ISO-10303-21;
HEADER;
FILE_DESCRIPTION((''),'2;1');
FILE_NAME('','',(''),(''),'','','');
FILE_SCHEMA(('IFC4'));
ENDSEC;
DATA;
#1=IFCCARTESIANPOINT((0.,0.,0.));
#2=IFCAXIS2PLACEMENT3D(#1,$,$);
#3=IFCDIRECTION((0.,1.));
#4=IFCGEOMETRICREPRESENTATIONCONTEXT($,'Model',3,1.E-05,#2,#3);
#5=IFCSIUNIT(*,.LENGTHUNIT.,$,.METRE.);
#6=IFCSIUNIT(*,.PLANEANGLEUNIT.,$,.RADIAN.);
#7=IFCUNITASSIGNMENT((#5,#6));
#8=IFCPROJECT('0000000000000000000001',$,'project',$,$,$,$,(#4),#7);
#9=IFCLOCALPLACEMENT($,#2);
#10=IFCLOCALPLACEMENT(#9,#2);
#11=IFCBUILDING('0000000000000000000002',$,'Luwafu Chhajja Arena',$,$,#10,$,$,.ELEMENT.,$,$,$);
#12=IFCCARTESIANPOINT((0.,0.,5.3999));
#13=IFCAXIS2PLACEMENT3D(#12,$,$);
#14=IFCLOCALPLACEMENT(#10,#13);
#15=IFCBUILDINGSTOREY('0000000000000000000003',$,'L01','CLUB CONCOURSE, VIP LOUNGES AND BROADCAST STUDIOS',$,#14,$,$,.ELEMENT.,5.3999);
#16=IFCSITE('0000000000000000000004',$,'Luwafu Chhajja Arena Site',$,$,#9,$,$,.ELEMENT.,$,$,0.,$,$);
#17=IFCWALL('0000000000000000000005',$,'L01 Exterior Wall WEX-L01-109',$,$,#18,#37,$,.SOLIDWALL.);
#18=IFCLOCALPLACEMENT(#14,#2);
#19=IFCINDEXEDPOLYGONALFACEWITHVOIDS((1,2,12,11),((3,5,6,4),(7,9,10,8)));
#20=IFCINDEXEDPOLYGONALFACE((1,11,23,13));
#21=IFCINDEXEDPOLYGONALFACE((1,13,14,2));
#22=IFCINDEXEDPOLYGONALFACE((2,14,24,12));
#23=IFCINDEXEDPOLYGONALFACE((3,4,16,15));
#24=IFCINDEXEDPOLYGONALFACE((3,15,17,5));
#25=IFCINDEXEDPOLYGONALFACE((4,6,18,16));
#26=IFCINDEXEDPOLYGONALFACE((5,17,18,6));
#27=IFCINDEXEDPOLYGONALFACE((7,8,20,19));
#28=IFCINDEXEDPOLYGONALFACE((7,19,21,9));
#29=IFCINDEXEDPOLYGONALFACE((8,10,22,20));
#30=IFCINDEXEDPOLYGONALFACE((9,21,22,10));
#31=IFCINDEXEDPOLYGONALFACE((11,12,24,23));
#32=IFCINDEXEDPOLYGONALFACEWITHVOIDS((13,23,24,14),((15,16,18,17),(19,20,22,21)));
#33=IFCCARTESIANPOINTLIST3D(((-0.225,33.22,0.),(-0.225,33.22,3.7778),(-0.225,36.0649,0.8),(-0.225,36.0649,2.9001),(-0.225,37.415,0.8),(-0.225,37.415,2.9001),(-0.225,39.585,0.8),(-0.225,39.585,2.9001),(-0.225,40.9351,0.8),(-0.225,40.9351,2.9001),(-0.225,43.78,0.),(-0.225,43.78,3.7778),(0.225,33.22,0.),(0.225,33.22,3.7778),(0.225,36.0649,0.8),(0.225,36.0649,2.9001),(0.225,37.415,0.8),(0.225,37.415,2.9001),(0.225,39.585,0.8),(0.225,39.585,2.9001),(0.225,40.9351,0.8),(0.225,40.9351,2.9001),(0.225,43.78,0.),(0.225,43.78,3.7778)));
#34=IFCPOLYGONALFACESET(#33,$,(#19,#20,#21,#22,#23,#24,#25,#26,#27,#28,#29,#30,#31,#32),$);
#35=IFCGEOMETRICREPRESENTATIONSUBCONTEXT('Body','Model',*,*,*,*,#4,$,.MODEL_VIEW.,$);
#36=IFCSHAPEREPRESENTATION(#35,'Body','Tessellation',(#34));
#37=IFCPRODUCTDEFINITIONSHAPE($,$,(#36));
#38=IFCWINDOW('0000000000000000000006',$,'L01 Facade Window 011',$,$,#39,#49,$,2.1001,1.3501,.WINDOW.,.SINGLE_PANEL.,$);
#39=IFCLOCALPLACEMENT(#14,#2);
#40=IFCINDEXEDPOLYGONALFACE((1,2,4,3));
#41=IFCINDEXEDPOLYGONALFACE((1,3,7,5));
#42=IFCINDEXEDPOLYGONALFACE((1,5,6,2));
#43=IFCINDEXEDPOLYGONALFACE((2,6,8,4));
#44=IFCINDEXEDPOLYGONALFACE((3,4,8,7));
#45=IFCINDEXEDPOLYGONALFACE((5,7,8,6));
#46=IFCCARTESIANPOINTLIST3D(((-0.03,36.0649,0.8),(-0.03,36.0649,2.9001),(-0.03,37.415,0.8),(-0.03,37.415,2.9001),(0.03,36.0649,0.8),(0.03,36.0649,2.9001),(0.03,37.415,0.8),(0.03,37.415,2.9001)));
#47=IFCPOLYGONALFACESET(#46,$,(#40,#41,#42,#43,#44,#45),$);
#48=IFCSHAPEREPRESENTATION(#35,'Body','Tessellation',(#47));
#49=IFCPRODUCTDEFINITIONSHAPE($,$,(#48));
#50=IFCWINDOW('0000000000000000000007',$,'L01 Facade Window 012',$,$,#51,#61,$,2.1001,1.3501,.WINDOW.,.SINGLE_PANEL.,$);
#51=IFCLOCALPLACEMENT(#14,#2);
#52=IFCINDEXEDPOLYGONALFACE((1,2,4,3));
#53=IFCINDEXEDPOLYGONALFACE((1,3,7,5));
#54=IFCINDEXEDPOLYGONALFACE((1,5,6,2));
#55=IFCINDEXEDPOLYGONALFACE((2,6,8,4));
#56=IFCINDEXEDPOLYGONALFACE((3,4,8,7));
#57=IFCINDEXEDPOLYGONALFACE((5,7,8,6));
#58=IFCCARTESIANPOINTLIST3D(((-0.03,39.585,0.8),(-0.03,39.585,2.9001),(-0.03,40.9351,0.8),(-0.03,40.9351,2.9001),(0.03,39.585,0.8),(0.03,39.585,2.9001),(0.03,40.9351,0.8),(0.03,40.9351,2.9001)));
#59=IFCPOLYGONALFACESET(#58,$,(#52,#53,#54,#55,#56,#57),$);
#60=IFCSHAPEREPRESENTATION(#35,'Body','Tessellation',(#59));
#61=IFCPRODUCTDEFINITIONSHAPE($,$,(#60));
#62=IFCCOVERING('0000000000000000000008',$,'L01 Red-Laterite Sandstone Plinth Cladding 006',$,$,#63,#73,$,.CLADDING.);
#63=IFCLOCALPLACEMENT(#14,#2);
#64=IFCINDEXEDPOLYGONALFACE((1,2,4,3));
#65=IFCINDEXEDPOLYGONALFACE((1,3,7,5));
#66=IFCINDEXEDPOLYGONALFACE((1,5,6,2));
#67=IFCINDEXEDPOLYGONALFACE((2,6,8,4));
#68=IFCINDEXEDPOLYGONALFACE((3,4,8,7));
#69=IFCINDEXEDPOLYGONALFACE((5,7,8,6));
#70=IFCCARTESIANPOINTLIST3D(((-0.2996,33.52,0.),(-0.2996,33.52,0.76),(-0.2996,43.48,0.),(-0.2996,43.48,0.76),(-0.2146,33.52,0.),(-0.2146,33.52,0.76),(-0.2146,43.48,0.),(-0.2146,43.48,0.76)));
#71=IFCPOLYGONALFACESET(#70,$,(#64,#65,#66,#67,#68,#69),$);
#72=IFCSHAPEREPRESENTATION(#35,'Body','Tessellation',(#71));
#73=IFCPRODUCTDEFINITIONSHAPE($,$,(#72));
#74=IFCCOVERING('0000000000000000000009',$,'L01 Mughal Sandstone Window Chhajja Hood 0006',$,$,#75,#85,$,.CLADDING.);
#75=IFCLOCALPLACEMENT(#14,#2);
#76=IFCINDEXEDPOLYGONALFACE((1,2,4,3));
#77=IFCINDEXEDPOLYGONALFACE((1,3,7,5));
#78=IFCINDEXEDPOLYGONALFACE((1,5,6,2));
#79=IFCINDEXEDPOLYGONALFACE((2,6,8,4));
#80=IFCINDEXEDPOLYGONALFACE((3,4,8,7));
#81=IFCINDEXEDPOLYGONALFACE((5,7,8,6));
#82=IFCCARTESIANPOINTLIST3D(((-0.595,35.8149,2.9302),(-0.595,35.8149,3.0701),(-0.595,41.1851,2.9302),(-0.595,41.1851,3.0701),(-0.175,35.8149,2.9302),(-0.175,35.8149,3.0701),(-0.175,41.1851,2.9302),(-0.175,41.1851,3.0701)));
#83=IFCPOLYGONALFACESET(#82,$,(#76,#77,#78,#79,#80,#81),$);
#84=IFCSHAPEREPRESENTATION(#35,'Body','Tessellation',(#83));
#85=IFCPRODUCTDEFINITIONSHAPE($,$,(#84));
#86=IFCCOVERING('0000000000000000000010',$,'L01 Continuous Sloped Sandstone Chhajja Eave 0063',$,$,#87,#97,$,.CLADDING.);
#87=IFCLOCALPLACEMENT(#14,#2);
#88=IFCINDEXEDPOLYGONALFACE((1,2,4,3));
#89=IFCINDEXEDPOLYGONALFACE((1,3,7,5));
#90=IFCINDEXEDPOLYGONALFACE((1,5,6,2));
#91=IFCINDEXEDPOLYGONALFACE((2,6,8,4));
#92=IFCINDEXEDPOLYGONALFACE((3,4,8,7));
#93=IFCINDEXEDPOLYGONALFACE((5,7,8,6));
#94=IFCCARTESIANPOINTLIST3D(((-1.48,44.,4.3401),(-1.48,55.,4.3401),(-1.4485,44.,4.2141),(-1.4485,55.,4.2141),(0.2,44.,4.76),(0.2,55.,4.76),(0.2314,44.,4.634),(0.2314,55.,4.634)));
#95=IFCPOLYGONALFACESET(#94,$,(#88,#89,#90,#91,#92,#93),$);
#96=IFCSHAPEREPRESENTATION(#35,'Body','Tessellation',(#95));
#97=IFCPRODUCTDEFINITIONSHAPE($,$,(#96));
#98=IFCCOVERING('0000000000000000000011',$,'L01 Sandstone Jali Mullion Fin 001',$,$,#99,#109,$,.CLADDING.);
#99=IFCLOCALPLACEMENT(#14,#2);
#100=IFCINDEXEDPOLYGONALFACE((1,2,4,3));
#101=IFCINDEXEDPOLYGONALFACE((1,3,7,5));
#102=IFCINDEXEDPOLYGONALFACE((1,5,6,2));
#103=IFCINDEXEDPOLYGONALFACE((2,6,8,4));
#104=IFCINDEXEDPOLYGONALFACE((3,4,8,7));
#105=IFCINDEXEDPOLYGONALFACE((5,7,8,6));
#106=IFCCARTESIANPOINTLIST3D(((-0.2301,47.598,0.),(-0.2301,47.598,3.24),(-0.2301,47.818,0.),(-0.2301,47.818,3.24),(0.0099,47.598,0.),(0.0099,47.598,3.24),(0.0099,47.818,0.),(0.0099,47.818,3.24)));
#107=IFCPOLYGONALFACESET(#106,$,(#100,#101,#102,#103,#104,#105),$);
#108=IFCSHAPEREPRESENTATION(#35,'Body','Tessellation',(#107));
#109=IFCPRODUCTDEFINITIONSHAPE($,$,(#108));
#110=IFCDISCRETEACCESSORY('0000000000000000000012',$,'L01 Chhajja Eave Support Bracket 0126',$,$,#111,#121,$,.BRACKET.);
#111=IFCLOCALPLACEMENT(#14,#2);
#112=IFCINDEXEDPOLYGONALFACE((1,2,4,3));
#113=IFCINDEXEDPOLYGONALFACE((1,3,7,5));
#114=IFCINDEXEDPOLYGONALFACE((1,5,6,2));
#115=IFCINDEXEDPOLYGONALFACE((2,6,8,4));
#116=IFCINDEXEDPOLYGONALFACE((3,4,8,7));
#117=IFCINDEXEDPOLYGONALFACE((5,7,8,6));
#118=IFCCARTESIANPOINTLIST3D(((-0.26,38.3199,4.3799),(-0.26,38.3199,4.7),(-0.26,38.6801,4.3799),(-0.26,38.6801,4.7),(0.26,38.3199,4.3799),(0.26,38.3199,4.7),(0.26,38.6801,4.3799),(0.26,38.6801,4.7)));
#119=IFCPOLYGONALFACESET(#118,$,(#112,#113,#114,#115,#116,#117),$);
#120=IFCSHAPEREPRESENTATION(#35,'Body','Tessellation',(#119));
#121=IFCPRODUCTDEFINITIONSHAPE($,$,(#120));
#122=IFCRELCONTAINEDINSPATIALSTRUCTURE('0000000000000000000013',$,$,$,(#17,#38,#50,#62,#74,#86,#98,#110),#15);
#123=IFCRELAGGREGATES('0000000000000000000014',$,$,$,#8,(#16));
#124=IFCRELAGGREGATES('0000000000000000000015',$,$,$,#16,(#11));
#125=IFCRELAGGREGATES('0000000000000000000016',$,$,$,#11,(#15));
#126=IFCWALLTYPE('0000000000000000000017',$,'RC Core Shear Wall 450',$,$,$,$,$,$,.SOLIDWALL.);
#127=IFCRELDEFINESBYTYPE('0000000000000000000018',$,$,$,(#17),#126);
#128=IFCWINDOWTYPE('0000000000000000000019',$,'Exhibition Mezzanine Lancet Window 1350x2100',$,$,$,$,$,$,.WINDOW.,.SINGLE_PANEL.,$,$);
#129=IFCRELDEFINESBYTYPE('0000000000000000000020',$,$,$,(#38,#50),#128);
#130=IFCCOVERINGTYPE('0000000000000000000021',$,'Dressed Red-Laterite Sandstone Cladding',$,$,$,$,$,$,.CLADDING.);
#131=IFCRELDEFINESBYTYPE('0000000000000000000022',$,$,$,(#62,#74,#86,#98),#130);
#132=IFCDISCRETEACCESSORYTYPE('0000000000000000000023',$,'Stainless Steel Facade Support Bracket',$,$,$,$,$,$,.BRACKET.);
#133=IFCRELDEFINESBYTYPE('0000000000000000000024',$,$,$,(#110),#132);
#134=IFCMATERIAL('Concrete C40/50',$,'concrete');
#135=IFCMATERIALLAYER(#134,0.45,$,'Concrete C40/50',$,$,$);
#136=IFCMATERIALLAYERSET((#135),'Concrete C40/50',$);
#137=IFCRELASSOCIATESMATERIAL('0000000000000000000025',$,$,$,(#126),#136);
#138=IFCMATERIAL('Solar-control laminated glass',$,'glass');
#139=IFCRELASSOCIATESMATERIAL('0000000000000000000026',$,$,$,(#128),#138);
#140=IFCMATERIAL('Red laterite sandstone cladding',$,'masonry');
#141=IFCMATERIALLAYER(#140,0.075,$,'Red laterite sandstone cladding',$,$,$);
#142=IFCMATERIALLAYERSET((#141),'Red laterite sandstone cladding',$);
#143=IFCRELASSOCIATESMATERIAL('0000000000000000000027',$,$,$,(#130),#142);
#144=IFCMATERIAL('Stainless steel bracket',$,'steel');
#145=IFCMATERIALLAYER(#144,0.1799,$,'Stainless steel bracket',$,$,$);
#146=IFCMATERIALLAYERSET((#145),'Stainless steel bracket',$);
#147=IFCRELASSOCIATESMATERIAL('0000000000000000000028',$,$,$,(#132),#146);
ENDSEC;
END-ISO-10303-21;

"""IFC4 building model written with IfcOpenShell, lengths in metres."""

from ifc_helpers import new_model, si_unit, direction, frame, frame_2d, origin, origin_2d, place, context, subcontext, project, spatial, polyline, rectangle, outline, extrude, material, layer, layer_set, type_object, element, fill, save


model = new_model("IFC4")

# Units and contexts
model_context = context("Model", 3, precision=1e-05, world=origin(), true_north=direction((0.0, 1.0)))
body_context = subcontext(model_context, "Body", "Model", "MODEL_VIEW")
ifc_project = project(units=[si_unit("LENGTHUNIT", "METRE"), si_unit("PLANEANGLEUNIT", "RADIAN")], contexts=[model_context])

# Site, building, storey
site_placement = place(None, origin())
site = spatial("IfcSite", under=ifc_project, at=site_placement, Name="Luwafu Chhajja Arena Site", CompositionType="ELEMENT", RefElevation=0.0)
building_placement = place(site_placement, origin())
building = spatial("IfcBuilding", under=site, at=building_placement, Name="Luwafu Chhajja Arena", CompositionType="ELEMENT")
storey_placement = place(building_placement, frame((0.0, 0.0, 5.3999)))
storey = spatial("IfcBuildingStorey", under=building, at=storey_placement, Name="L01", Description="CLUB CONCOURSE, VIP LOUNGES AND BROADCAST STUDIOS", CompositionType="ELEMENT", Elevation=5.3999)

# Shared definitions
ifc_material_1 = material(Name="Concrete C40/50", Category="concrete")

# Shared definitions
ifc_material_2 = material(Name="Solar-control laminated glass", Category="glass")

# Wall, openings, windows
ifc_layer_1 = layer(ifc_material_1, 0.45, Name="Concrete C40/50")
ifc_layer_set_1 = layer_set([ifc_layer_1], Name="Concrete C40/50")
wall_type_1 = type_object("IfcWallType", Name="RC Core Shear Wall 450", PredefinedType="SOLIDWALL", material=ifc_layer_set_1)
wall_1_placement = place(storey_placement, frame((0.0, 33.22, 0.0), z_axis=(0.0, 0.0, 1.0), x_axis=(0.0, 1.0, 0.0)))
wall_1 = element("IfcWall", 1, at=wall_1_placement, inside=storey, type_object=wall_type_1, Name="L01 Exterior Wall WEX-L01-109", PredefinedType="SOLIDWALL", context=body_context, shape_type="SweptSolid", body=[
    extrude(rectangle(XDim=10.5601, YDim=0.45, at=frame_2d((5.28, 0.0))), origin(), (0.0, 0.0, 1.0), 3.7778),
])
opening_1_placement = place(wall_1_placement, frame((2.845, 0.0, 0.8)))
opening_1 = element("IfcOpeningElement", 2, at=opening_1_placement, cuts=wall_1, PredefinedType="OPENING", context=body_context, shape_type="SweptSolid", body=[
    extrude(rectangle(XDim=1.3501, YDim=2.1001, at=frame_2d((0.675, 1.05))), frame((0.0, 0.2349, 0.0), z_axis=(0.0, -1.0, 0.0), x_axis=(1.0, 0.0, 0.0)), (0.0, 0.0, 1.0), 0.47),
])
opening_2_placement = place(wall_1_placement, frame((6.365, 0.0, 0.8)))
opening_2 = element("IfcOpeningElement", 3, at=opening_2_placement, cuts=wall_1, PredefinedType="OPENING", context=body_context, shape_type="SweptSolid", body=[
    extrude(rectangle(XDim=1.3501, YDim=2.1001, at=frame_2d((0.675, 1.05))), frame((0.0, 0.2349, 0.0), z_axis=(0.0, -1.0, 0.0), x_axis=(1.0, 0.0, 0.0)), (0.0, 0.0, 1.0), 0.47),
])
window_type = type_object("IfcWindowType", Name="Exhibition Mezzanine Lancet Window 1350x2100", PartitioningType="SINGLE_PANEL", PredefinedType="WINDOW", material=ifc_material_2)
window_1_placement = place(opening_1_placement, origin())
window_1 = element("IfcWindow", 4, at=window_1_placement, inside=storey, type_object=window_type, Name="L01 Facade Window 011", OverallHeight=2.1001, OverallWidth=1.3501, PartitioningType="SINGLE_PANEL", PredefinedType="WINDOW", context=body_context, shape_type="SweptSolid", body=[
    extrude(rectangle(XDim=1.3501, YDim=2.1001, at=frame_2d((0.675, 1.05))), frame((0.0, 0.03, 0.0), z_axis=(0.0, -1.0, 0.0), x_axis=(1.0, 0.0, 0.0)), (0.0, 0.0, 1.0), 0.0601),
])
fill(opening_1, window_1)
window_2_placement = place(opening_2_placement, origin())
window_2 = element("IfcWindow", 5, at=window_2_placement, inside=storey, type_object=window_type, Name="L01 Facade Window 012", OverallHeight=2.1001, OverallWidth=1.3501, PartitioningType="SINGLE_PANEL", PredefinedType="WINDOW", context=body_context, shape_type="SweptSolid", body=[
    extrude(rectangle(XDim=1.3501, YDim=2.1001, at=frame_2d((0.675, 1.05))), frame((0.0, 0.03, 0.0), z_axis=(0.0, -1.0, 0.0), x_axis=(1.0, 0.0, 0.0)), (0.0, 0.0, 1.0), 0.0601),
])
fill(opening_2, window_2)

# Coverings
ifc_material_3 = material(Name="Red laterite sandstone cladding", Category="masonry")
ifc_layer_2 = layer(ifc_material_3, 0.075, Name="Red laterite sandstone cladding")
ifc_layer_set_2 = layer_set([ifc_layer_2], Name="Red laterite sandstone cladding")
covering_type = type_object("IfcCoveringType", Name="Dressed Red-Laterite Sandstone Cladding", PredefinedType="CLADDING", material=ifc_layer_set_2)
covering_1_placement = place(storey_placement, frame((-0.2571, 38.5, 0.0), z_axis=(0.0, 0.0, 1.0), x_axis=(0.0, 1.0, 0.0)))
element("IfcCovering", 6, at=covering_1_placement, inside=storey, type_object=covering_type, Name="L01 Red-Laterite Sandstone Plinth Cladding 006", PredefinedType="CLADDING", context=body_context, shape_type="SweptSolid", body=[
    extrude(rectangle(XDim=9.96, YDim=0.085, at=origin_2d()), origin(), (0.0, 0.0, 1.0), 0.76),
])
covering_2_placement = place(storey_placement, frame((-0.385, 38.5, 2.9302), z_axis=(0.0, 0.0, 1.0), x_axis=(0.0, 1.0, 0.0)))
element("IfcCovering", 7, at=covering_2_placement, inside=storey, type_object=covering_type, Name="L01 Mughal Sandstone Window Chhajja Hood 0006", PredefinedType="CLADDING", context=body_context, shape_type="SweptSolid", body=[
    extrude(rectangle(XDim=5.3701, YDim=0.4199, at=origin_2d()), origin(), (0.0, 0.0, 1.0), 0.1399),
])
covering_3_placement = place(storey_placement, frame((0.2, 44.0, 4.76), z_axis=(-0.242502, 0.0, 0.970151), x_axis=(0.0, 1.0, 0.0)))
element("IfcCovering", 8, at=covering_3_placement, inside=storey, type_object=covering_type, Name="L01 Continuous Sloped Sandstone Chhajja Eave 0063", PredefinedType="CLADDING", context=body_context, shape_type="SweptSolid", body=[
    extrude(outline(polyline([(0.0, 0.0), (11.0, 0.0), (11.0, 1.7316), (0.0, 1.7316), (0.0, 0.0)])), origin(), (0.0, 0.0, -1.0), 0.1299),
])
covering_4_placement = place(storey_placement, frame((-0.1101, 47.708, 0.0), z_axis=(0.0, 0.0, 1.0), x_axis=(0.0, 1.0, 0.0)))
element("IfcCovering", 9, at=covering_4_placement, inside=storey, type_object=covering_type, Name="L01 Sandstone Jali Mullion Fin 001", PredefinedType="CLADDING", context=body_context, shape_type="SweptSolid", body=[
    extrude(rectangle(XDim=0.22, YDim=0.24, at=origin_2d()), origin(), (0.0, 0.0, 1.0), 3.24),
])

# Discrete accessory
ifc_material_4 = material(Name="Stainless steel bracket", Category="steel")
ifc_layer_3 = layer(ifc_material_4, 0.1799, Name="Stainless steel bracket")
ifc_layer_set_3 = layer_set([ifc_layer_3], Name="Stainless steel bracket")
discrete_accessory_type = type_object("IfcDiscreteAccessoryType", Name="Stainless Steel Facade Support Bracket", PredefinedType="BRACKET", material=ifc_layer_set_3)
discrete_accessory_placement = place(storey_placement, frame((0.0, 38.5, 4.3799), z_axis=(0.0, 0.0, 1.0), x_axis=(0.0, 1.0, 0.0)))
element("IfcDiscreteAccessory", 10, at=discrete_accessory_placement, inside=storey, type_object=discrete_accessory_type, Name="L01 Chhajja Eave Support Bracket 0126", PredefinedType="BRACKET", context=body_context, shape_type="SweptSolid", body=[
    extrude(rectangle(XDim=0.3601, YDim=0.52, at=origin_2d()), origin(), (0.0, 0.0, 1.0), 0.3201),
])

save(model, "model.ifc")
